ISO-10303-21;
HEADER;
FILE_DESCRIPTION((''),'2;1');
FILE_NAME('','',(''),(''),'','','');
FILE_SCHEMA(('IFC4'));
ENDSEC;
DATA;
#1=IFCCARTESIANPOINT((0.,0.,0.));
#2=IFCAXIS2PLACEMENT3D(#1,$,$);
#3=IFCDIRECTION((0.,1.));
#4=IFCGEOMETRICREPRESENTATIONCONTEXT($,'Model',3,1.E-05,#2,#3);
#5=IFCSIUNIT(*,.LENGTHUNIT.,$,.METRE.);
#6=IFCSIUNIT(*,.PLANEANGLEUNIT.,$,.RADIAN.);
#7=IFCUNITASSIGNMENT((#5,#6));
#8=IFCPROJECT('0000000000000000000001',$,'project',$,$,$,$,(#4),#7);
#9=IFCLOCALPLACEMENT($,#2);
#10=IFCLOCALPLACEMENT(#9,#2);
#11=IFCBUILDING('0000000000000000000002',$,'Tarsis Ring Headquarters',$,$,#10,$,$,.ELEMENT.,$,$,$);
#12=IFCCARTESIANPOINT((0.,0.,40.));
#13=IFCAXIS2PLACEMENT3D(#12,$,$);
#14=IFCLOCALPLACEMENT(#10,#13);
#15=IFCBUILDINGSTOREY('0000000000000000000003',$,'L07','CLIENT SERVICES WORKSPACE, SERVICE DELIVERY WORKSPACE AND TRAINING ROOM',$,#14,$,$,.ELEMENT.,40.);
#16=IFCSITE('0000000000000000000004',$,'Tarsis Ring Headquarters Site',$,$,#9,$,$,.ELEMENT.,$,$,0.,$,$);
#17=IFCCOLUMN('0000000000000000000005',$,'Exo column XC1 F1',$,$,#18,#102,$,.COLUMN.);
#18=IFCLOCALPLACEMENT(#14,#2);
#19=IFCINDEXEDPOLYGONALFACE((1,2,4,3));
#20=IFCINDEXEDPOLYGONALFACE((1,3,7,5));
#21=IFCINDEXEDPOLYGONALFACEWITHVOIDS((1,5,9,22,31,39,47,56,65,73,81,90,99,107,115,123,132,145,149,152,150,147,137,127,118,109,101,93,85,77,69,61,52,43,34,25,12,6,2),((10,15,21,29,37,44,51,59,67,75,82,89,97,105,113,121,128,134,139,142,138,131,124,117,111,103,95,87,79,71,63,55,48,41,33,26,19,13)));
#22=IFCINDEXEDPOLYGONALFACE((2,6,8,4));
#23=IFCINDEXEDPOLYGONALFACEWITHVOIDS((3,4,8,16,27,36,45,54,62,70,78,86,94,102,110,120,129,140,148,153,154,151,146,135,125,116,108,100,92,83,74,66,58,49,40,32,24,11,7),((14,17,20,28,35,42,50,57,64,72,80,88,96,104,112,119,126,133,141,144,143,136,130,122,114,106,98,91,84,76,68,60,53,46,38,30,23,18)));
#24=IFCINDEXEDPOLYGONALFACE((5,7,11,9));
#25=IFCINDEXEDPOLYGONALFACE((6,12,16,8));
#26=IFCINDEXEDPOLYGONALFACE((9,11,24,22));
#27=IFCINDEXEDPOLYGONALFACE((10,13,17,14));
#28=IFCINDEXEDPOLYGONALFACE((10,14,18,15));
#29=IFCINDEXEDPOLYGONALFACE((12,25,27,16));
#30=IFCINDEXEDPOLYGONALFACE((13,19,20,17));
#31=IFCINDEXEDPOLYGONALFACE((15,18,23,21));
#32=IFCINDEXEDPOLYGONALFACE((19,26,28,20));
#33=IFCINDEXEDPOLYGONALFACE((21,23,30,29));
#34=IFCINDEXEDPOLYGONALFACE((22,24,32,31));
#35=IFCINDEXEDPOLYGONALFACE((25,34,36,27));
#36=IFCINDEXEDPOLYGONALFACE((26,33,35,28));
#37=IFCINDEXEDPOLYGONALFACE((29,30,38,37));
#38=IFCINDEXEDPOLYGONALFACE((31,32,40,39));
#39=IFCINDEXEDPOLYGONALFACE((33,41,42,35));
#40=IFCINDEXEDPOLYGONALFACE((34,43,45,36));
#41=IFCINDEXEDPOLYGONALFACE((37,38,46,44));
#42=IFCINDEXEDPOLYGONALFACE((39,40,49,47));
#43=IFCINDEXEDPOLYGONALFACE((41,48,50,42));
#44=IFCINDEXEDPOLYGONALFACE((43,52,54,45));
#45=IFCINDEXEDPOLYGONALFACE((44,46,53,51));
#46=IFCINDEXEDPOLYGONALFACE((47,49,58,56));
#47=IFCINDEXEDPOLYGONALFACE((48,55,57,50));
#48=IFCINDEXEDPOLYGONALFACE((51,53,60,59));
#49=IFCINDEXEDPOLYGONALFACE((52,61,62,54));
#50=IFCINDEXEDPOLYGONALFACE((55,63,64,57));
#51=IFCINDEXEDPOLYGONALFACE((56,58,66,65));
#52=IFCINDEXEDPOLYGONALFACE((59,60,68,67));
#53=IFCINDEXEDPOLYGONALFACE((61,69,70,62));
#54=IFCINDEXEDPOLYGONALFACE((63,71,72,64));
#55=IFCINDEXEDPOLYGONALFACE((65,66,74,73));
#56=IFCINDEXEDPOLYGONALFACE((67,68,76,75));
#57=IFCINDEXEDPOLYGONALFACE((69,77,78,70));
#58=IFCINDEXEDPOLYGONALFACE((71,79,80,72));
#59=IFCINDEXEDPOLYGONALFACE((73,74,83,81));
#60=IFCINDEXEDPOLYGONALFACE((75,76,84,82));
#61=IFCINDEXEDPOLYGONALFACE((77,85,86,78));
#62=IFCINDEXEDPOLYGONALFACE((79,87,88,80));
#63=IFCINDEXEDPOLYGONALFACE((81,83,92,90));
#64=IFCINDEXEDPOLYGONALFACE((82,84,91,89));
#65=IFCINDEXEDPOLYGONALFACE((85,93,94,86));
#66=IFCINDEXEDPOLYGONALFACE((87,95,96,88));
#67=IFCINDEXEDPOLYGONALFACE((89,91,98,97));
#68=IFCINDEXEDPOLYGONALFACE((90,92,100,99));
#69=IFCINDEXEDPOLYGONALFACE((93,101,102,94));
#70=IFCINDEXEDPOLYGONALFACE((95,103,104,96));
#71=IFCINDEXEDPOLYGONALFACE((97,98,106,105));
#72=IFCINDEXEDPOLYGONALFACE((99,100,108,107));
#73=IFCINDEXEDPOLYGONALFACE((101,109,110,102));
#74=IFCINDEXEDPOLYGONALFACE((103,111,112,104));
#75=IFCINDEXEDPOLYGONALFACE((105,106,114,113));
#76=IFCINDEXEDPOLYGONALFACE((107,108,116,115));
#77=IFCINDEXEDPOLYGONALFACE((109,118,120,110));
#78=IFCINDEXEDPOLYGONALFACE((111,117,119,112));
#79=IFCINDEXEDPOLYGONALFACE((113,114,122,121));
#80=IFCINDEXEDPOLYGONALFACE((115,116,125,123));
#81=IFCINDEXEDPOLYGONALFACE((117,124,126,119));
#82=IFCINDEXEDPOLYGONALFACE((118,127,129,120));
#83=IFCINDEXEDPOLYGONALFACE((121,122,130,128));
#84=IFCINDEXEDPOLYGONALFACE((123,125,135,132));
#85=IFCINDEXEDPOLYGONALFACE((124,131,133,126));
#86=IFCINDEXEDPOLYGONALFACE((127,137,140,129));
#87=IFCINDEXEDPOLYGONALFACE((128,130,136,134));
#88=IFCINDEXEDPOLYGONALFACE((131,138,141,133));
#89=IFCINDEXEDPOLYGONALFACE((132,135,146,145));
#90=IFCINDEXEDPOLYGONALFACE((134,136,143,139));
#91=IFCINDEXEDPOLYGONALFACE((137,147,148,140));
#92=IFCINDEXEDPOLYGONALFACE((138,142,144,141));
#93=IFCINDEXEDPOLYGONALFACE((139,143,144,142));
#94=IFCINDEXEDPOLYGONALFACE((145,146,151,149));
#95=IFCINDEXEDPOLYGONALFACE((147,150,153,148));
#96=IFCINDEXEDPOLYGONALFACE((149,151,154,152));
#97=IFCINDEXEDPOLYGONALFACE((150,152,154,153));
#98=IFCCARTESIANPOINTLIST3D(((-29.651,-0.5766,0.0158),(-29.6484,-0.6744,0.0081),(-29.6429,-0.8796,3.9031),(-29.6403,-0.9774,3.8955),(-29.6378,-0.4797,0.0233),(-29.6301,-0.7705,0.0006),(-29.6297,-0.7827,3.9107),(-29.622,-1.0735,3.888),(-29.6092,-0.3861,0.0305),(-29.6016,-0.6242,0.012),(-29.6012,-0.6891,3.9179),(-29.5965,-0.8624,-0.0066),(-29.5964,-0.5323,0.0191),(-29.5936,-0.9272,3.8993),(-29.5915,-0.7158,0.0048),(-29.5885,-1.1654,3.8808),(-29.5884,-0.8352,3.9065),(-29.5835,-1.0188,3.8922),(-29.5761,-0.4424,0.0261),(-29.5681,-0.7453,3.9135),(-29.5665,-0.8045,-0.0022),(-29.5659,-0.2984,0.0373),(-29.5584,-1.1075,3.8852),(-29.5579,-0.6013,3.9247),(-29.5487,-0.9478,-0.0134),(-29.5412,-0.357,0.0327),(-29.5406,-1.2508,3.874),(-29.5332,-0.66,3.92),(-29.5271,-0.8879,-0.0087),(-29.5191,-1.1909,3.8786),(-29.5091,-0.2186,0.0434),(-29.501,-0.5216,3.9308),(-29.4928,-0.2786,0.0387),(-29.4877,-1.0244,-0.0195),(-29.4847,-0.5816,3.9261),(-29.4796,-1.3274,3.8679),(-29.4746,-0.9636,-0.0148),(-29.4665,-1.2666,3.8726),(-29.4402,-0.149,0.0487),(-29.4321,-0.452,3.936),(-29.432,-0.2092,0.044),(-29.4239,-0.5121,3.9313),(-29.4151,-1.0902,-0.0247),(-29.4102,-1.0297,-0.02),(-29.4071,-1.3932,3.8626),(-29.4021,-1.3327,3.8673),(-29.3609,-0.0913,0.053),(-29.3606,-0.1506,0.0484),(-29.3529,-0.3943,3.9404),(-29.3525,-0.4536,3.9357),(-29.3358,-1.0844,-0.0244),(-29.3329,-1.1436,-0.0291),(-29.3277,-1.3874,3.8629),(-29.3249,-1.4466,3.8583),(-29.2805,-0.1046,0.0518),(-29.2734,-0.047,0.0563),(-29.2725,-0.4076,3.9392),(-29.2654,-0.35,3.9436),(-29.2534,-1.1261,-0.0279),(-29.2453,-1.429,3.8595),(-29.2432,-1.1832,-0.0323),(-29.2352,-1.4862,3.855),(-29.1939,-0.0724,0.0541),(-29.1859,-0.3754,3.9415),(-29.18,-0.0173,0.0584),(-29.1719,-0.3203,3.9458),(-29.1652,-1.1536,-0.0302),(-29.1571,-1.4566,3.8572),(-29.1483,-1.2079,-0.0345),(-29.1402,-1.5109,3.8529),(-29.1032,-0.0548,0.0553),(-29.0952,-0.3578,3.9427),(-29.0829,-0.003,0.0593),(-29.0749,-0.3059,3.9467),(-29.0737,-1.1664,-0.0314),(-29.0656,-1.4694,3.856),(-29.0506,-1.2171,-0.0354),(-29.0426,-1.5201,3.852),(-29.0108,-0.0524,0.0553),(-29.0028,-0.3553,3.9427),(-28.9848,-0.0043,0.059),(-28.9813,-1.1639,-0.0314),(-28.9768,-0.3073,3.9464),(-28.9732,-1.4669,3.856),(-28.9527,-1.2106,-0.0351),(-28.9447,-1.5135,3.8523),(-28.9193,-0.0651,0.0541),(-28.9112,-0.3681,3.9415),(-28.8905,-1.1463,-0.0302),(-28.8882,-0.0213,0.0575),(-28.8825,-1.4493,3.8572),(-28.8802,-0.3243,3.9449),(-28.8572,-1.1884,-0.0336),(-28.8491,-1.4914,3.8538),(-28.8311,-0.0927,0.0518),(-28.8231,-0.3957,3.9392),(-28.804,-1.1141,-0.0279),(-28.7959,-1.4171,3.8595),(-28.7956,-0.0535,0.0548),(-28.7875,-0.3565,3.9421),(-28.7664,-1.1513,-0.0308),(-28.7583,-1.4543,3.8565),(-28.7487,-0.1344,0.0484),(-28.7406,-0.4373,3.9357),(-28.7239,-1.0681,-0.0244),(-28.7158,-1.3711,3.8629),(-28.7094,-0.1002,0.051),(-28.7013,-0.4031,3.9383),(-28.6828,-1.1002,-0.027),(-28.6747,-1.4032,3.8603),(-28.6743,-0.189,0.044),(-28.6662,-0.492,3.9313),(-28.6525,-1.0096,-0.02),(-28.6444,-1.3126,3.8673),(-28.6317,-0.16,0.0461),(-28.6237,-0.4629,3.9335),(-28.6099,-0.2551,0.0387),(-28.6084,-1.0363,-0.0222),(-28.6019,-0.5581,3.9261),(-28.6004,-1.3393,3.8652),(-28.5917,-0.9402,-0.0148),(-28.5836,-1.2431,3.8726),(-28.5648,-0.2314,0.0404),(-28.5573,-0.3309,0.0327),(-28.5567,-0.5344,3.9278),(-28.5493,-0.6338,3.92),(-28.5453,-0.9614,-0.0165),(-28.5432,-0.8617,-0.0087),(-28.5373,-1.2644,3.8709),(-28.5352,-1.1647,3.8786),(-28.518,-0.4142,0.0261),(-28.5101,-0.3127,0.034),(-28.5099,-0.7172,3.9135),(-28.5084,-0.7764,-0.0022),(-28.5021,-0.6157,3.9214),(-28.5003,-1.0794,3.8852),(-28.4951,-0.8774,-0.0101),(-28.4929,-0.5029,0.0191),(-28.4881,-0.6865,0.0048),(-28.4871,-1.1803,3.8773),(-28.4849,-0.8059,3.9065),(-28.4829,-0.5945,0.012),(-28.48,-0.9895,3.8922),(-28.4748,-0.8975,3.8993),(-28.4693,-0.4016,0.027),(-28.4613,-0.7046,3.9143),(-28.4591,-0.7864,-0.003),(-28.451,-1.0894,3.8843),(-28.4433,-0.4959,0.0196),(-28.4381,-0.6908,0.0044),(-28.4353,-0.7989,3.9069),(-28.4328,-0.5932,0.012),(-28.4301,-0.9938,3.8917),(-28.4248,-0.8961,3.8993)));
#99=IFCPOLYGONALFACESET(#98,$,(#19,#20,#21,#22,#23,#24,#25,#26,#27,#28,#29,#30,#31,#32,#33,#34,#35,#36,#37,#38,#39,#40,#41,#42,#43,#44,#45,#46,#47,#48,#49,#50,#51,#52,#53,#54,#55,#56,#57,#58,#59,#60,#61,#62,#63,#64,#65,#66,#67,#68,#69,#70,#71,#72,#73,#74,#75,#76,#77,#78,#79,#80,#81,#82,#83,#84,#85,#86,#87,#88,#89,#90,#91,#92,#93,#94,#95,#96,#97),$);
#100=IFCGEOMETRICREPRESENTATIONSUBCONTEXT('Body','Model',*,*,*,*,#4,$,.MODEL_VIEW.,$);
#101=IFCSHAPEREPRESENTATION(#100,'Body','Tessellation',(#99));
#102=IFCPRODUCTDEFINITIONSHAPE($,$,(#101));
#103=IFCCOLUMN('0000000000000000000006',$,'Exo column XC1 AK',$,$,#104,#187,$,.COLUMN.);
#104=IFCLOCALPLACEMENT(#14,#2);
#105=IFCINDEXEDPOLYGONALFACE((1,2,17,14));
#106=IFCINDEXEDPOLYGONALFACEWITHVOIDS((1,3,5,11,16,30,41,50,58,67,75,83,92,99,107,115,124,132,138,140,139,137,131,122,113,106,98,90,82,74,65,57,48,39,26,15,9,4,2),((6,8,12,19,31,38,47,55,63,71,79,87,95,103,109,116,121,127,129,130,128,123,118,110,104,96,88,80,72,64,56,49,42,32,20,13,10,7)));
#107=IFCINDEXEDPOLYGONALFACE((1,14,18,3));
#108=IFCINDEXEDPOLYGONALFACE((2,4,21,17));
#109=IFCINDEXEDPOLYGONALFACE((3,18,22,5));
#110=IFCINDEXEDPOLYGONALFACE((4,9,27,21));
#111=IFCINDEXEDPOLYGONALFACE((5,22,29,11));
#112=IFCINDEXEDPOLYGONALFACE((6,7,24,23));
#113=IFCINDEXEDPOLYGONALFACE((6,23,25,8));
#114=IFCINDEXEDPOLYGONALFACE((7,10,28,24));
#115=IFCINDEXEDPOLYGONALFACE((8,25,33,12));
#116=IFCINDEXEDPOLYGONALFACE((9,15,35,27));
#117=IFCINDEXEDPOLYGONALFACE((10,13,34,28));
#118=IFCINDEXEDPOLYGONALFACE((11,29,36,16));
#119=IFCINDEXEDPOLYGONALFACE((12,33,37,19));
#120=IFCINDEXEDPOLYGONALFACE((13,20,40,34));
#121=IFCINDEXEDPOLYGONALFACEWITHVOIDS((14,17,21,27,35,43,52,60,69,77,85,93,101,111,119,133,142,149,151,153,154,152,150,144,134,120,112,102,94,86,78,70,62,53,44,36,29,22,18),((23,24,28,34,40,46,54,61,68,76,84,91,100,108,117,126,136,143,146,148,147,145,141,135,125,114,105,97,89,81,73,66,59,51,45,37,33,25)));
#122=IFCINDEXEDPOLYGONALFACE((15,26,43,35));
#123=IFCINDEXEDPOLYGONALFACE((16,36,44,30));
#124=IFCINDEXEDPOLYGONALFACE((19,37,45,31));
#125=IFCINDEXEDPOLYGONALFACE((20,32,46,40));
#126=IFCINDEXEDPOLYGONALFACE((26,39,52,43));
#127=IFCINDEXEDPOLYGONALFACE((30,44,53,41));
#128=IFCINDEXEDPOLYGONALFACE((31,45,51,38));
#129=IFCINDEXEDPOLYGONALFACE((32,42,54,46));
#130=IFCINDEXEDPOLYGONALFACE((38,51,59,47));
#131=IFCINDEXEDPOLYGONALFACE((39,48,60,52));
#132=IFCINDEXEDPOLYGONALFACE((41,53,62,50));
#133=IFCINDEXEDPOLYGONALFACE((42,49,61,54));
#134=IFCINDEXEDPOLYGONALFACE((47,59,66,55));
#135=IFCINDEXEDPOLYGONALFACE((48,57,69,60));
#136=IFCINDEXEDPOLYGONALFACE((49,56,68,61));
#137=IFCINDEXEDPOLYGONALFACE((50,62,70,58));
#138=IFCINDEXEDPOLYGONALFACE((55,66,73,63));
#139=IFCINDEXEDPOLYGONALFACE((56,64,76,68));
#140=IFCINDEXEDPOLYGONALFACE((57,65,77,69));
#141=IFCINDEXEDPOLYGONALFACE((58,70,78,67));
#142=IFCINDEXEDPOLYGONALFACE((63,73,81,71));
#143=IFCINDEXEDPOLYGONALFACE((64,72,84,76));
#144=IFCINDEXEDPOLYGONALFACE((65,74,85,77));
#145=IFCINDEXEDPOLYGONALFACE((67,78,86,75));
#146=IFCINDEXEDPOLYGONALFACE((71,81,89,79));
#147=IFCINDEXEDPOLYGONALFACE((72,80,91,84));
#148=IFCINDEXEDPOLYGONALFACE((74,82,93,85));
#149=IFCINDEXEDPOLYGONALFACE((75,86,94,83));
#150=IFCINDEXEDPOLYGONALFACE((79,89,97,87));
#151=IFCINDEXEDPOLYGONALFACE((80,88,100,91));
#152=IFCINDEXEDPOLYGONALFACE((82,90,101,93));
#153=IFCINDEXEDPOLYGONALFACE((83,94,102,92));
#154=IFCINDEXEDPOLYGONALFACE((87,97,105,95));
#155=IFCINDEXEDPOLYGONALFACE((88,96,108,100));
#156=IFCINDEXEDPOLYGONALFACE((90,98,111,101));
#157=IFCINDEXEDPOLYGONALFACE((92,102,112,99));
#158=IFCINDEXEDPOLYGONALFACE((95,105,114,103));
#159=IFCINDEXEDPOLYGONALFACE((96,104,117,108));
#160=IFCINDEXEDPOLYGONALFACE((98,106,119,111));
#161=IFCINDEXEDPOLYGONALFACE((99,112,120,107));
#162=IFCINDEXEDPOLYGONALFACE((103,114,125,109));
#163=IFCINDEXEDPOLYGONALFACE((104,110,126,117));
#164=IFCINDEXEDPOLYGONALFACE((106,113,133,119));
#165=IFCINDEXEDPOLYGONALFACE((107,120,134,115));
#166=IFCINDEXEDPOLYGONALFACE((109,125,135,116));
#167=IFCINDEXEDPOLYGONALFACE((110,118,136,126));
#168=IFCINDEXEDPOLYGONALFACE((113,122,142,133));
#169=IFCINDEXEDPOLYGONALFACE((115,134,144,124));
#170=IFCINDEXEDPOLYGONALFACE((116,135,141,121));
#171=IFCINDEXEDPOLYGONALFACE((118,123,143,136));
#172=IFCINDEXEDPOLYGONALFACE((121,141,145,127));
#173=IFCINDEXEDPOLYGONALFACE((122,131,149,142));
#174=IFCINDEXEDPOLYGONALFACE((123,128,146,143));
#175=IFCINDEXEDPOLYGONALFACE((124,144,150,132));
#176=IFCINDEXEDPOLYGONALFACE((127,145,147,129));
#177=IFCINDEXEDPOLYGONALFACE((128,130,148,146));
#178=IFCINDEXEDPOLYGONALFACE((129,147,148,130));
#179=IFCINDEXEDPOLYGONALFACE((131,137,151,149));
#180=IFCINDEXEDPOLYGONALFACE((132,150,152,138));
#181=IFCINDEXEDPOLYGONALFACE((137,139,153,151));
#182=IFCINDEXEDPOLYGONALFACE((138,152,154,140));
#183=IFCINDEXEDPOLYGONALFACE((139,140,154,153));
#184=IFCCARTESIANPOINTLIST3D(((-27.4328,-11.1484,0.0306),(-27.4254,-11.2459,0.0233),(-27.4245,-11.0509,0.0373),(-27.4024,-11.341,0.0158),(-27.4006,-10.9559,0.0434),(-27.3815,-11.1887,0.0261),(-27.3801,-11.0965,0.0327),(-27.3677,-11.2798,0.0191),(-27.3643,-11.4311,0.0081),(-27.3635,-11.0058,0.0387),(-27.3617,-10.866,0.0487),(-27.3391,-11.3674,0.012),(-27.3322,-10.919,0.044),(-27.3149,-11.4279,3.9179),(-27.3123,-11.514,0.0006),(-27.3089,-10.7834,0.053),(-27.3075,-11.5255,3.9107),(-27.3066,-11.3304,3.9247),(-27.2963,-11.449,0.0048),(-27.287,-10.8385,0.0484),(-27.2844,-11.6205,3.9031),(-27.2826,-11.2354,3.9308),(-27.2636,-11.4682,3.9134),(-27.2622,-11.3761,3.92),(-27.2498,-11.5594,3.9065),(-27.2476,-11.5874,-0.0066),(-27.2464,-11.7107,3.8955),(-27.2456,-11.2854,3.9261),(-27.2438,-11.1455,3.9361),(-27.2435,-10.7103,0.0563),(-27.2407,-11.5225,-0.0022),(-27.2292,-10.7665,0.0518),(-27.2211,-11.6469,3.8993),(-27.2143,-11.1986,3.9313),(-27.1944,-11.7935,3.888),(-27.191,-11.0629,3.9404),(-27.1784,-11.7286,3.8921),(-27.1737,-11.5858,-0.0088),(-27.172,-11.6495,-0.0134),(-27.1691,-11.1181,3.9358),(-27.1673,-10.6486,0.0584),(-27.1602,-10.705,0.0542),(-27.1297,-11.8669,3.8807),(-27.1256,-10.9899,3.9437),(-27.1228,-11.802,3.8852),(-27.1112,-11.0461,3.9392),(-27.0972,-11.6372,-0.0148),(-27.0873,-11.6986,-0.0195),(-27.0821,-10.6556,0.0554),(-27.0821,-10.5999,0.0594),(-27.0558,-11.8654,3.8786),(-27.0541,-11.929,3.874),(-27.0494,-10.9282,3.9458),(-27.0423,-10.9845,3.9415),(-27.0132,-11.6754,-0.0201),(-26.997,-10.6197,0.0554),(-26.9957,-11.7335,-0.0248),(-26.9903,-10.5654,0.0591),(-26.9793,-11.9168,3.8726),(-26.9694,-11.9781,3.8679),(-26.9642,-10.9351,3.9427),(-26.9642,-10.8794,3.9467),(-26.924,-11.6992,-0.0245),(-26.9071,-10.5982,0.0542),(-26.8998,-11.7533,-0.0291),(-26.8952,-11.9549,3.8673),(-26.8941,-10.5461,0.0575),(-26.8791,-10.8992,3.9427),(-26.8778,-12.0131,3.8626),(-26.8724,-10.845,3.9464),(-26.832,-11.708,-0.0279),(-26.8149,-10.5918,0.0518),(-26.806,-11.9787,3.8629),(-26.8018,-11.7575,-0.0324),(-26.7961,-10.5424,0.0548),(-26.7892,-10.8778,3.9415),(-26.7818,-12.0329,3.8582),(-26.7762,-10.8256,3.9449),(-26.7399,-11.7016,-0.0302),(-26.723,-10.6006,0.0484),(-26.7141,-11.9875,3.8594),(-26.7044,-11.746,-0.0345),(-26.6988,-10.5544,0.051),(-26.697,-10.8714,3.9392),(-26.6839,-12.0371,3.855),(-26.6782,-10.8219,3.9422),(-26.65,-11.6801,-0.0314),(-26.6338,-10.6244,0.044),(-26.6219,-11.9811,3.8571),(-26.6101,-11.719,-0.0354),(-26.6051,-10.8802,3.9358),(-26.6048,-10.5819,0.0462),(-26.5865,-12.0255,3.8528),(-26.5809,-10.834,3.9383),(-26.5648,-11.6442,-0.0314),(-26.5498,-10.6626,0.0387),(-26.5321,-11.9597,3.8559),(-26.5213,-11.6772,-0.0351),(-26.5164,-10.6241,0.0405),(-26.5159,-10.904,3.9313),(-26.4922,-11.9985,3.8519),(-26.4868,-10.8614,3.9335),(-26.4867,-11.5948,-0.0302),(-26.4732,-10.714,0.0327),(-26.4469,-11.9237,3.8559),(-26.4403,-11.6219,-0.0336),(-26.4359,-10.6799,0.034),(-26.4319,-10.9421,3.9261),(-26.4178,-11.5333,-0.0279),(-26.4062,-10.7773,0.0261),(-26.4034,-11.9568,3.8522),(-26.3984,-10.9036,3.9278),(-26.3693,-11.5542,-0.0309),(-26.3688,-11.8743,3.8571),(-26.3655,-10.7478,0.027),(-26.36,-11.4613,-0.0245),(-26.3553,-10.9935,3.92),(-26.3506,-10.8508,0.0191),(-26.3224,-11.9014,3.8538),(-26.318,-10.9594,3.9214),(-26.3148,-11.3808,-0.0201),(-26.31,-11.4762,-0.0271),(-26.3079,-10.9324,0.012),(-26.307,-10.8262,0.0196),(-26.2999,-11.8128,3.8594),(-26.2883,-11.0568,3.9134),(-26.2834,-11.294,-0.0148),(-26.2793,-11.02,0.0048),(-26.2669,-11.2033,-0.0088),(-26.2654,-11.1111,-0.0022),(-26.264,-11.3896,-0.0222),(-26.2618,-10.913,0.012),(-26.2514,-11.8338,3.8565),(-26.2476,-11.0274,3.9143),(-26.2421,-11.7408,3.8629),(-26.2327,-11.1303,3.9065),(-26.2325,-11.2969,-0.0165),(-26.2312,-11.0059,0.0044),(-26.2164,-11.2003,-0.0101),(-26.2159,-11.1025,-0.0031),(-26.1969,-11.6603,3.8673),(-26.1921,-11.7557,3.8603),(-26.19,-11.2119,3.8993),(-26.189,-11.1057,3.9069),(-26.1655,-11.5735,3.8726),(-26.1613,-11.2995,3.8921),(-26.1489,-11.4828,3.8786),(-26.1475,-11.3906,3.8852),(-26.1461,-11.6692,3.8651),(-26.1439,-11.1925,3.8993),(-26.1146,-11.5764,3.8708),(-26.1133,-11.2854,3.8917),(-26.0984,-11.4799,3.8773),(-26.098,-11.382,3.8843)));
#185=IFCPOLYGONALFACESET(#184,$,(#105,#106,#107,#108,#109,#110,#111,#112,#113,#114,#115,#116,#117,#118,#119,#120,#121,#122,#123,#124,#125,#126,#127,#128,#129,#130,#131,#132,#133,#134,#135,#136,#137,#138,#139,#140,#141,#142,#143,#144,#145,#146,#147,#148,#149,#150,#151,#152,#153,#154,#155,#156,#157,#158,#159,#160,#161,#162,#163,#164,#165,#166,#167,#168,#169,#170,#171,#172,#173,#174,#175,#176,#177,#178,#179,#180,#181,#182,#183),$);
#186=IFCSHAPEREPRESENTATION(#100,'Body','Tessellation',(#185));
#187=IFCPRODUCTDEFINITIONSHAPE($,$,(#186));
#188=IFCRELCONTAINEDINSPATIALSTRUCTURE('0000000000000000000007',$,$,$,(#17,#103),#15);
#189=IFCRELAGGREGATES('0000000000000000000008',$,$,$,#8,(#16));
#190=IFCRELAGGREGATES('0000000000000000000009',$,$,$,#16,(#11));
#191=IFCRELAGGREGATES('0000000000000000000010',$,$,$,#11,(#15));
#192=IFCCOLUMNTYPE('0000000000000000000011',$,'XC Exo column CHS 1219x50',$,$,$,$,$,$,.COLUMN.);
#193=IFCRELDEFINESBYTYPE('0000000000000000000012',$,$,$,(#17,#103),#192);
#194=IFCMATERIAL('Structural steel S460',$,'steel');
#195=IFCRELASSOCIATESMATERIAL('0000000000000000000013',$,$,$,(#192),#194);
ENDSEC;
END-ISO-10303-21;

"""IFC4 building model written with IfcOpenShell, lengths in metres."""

from ifc_helpers import new_model, si_unit, direction, frame, origin, origin_2d, place, context, subcontext, project, spatial, hollow_circle, extrude, material, material_profile, profile_set, type_object, element, save


model = new_model("IFC4")

# Units and contexts
model_context = context("Model", 3, precision=1e-05, world=origin(), true_north=direction((0.0, 1.0)))
body_context = subcontext(model_context, "Body", "Model", "MODEL_VIEW")
ifc_project = project(units=[si_unit("LENGTHUNIT", "METRE"), si_unit("PLANEANGLEUNIT", "RADIAN")], contexts=[model_context])

# Site, building, storey
site_placement = place(None, origin())
site = spatial("IfcSite", under=ifc_project, at=site_placement, Name="Tarsis Ring Headquarters Site", CompositionType="ELEMENT", RefElevation=0.0)
building_placement = place(site_placement, origin())
building = spatial("IfcBuilding", under=site, at=building_placement, Name="Tarsis Ring Headquarters", CompositionType="ELEMENT")
storey_placement = place(building_placement, frame((0.0, 0.0, 40.0)))
storey = spatial("IfcBuildingStorey", under=building, at=storey_placement, Name="L07", Description="CLIENT SERVICES WORKSPACE, SERVICE DELIVERY WORKSPACE AND TRAINING ROOM", CompositionType="ELEMENT", Elevation=40.0)

# Columns
ifc_material_1 = material(Name="Structural steel S460", Category="steel")
ifc_material_profile_1 = material_profile(ifc_material_1, hollow_circle(Radius=0.6096, WallThickness=0.05, at=origin_2d()), Name="CHS 1219x50")
ifc_profile_set_1 = profile_set([ifc_material_profile_1], Name="Structural steel S460")
column_type = type_object("IfcColumnType", Name="XC Exo column CHS 1219x50", PredefinedType="COLUMN", material=ifc_profile_set_1)
for number, where, z_axis, x_axis, name in (
    (1, (-29.0422, -0.6094, 0.012), (0.002066, -0.077702, 0.996975), (0.999647, 0.026582, 0.0), "Exo column XC1 F1"),
    (2, (-26.8235, -11.1499, 0.012), (0.030242, -0.071691, 0.996968), (0.921378, 0.388668, 0.0), "Exo column XC1 AK"),
):
    element("IfcColumn", number, at=place(storey_placement, frame(where, z_axis=z_axis, x_axis=x_axis)), inside=storey, type_object=column_type, Name=name, PredefinedType="COLUMN", context=body_context, shape_type="SweptSolid", body=[
        extrude(hollow_circle(Radius=0.6096, WallThickness=0.05, at=origin_2d()), origin(), (0.0, 0.0, 1.0), 3.8992),
    ])

save(model, "model.ifc")
